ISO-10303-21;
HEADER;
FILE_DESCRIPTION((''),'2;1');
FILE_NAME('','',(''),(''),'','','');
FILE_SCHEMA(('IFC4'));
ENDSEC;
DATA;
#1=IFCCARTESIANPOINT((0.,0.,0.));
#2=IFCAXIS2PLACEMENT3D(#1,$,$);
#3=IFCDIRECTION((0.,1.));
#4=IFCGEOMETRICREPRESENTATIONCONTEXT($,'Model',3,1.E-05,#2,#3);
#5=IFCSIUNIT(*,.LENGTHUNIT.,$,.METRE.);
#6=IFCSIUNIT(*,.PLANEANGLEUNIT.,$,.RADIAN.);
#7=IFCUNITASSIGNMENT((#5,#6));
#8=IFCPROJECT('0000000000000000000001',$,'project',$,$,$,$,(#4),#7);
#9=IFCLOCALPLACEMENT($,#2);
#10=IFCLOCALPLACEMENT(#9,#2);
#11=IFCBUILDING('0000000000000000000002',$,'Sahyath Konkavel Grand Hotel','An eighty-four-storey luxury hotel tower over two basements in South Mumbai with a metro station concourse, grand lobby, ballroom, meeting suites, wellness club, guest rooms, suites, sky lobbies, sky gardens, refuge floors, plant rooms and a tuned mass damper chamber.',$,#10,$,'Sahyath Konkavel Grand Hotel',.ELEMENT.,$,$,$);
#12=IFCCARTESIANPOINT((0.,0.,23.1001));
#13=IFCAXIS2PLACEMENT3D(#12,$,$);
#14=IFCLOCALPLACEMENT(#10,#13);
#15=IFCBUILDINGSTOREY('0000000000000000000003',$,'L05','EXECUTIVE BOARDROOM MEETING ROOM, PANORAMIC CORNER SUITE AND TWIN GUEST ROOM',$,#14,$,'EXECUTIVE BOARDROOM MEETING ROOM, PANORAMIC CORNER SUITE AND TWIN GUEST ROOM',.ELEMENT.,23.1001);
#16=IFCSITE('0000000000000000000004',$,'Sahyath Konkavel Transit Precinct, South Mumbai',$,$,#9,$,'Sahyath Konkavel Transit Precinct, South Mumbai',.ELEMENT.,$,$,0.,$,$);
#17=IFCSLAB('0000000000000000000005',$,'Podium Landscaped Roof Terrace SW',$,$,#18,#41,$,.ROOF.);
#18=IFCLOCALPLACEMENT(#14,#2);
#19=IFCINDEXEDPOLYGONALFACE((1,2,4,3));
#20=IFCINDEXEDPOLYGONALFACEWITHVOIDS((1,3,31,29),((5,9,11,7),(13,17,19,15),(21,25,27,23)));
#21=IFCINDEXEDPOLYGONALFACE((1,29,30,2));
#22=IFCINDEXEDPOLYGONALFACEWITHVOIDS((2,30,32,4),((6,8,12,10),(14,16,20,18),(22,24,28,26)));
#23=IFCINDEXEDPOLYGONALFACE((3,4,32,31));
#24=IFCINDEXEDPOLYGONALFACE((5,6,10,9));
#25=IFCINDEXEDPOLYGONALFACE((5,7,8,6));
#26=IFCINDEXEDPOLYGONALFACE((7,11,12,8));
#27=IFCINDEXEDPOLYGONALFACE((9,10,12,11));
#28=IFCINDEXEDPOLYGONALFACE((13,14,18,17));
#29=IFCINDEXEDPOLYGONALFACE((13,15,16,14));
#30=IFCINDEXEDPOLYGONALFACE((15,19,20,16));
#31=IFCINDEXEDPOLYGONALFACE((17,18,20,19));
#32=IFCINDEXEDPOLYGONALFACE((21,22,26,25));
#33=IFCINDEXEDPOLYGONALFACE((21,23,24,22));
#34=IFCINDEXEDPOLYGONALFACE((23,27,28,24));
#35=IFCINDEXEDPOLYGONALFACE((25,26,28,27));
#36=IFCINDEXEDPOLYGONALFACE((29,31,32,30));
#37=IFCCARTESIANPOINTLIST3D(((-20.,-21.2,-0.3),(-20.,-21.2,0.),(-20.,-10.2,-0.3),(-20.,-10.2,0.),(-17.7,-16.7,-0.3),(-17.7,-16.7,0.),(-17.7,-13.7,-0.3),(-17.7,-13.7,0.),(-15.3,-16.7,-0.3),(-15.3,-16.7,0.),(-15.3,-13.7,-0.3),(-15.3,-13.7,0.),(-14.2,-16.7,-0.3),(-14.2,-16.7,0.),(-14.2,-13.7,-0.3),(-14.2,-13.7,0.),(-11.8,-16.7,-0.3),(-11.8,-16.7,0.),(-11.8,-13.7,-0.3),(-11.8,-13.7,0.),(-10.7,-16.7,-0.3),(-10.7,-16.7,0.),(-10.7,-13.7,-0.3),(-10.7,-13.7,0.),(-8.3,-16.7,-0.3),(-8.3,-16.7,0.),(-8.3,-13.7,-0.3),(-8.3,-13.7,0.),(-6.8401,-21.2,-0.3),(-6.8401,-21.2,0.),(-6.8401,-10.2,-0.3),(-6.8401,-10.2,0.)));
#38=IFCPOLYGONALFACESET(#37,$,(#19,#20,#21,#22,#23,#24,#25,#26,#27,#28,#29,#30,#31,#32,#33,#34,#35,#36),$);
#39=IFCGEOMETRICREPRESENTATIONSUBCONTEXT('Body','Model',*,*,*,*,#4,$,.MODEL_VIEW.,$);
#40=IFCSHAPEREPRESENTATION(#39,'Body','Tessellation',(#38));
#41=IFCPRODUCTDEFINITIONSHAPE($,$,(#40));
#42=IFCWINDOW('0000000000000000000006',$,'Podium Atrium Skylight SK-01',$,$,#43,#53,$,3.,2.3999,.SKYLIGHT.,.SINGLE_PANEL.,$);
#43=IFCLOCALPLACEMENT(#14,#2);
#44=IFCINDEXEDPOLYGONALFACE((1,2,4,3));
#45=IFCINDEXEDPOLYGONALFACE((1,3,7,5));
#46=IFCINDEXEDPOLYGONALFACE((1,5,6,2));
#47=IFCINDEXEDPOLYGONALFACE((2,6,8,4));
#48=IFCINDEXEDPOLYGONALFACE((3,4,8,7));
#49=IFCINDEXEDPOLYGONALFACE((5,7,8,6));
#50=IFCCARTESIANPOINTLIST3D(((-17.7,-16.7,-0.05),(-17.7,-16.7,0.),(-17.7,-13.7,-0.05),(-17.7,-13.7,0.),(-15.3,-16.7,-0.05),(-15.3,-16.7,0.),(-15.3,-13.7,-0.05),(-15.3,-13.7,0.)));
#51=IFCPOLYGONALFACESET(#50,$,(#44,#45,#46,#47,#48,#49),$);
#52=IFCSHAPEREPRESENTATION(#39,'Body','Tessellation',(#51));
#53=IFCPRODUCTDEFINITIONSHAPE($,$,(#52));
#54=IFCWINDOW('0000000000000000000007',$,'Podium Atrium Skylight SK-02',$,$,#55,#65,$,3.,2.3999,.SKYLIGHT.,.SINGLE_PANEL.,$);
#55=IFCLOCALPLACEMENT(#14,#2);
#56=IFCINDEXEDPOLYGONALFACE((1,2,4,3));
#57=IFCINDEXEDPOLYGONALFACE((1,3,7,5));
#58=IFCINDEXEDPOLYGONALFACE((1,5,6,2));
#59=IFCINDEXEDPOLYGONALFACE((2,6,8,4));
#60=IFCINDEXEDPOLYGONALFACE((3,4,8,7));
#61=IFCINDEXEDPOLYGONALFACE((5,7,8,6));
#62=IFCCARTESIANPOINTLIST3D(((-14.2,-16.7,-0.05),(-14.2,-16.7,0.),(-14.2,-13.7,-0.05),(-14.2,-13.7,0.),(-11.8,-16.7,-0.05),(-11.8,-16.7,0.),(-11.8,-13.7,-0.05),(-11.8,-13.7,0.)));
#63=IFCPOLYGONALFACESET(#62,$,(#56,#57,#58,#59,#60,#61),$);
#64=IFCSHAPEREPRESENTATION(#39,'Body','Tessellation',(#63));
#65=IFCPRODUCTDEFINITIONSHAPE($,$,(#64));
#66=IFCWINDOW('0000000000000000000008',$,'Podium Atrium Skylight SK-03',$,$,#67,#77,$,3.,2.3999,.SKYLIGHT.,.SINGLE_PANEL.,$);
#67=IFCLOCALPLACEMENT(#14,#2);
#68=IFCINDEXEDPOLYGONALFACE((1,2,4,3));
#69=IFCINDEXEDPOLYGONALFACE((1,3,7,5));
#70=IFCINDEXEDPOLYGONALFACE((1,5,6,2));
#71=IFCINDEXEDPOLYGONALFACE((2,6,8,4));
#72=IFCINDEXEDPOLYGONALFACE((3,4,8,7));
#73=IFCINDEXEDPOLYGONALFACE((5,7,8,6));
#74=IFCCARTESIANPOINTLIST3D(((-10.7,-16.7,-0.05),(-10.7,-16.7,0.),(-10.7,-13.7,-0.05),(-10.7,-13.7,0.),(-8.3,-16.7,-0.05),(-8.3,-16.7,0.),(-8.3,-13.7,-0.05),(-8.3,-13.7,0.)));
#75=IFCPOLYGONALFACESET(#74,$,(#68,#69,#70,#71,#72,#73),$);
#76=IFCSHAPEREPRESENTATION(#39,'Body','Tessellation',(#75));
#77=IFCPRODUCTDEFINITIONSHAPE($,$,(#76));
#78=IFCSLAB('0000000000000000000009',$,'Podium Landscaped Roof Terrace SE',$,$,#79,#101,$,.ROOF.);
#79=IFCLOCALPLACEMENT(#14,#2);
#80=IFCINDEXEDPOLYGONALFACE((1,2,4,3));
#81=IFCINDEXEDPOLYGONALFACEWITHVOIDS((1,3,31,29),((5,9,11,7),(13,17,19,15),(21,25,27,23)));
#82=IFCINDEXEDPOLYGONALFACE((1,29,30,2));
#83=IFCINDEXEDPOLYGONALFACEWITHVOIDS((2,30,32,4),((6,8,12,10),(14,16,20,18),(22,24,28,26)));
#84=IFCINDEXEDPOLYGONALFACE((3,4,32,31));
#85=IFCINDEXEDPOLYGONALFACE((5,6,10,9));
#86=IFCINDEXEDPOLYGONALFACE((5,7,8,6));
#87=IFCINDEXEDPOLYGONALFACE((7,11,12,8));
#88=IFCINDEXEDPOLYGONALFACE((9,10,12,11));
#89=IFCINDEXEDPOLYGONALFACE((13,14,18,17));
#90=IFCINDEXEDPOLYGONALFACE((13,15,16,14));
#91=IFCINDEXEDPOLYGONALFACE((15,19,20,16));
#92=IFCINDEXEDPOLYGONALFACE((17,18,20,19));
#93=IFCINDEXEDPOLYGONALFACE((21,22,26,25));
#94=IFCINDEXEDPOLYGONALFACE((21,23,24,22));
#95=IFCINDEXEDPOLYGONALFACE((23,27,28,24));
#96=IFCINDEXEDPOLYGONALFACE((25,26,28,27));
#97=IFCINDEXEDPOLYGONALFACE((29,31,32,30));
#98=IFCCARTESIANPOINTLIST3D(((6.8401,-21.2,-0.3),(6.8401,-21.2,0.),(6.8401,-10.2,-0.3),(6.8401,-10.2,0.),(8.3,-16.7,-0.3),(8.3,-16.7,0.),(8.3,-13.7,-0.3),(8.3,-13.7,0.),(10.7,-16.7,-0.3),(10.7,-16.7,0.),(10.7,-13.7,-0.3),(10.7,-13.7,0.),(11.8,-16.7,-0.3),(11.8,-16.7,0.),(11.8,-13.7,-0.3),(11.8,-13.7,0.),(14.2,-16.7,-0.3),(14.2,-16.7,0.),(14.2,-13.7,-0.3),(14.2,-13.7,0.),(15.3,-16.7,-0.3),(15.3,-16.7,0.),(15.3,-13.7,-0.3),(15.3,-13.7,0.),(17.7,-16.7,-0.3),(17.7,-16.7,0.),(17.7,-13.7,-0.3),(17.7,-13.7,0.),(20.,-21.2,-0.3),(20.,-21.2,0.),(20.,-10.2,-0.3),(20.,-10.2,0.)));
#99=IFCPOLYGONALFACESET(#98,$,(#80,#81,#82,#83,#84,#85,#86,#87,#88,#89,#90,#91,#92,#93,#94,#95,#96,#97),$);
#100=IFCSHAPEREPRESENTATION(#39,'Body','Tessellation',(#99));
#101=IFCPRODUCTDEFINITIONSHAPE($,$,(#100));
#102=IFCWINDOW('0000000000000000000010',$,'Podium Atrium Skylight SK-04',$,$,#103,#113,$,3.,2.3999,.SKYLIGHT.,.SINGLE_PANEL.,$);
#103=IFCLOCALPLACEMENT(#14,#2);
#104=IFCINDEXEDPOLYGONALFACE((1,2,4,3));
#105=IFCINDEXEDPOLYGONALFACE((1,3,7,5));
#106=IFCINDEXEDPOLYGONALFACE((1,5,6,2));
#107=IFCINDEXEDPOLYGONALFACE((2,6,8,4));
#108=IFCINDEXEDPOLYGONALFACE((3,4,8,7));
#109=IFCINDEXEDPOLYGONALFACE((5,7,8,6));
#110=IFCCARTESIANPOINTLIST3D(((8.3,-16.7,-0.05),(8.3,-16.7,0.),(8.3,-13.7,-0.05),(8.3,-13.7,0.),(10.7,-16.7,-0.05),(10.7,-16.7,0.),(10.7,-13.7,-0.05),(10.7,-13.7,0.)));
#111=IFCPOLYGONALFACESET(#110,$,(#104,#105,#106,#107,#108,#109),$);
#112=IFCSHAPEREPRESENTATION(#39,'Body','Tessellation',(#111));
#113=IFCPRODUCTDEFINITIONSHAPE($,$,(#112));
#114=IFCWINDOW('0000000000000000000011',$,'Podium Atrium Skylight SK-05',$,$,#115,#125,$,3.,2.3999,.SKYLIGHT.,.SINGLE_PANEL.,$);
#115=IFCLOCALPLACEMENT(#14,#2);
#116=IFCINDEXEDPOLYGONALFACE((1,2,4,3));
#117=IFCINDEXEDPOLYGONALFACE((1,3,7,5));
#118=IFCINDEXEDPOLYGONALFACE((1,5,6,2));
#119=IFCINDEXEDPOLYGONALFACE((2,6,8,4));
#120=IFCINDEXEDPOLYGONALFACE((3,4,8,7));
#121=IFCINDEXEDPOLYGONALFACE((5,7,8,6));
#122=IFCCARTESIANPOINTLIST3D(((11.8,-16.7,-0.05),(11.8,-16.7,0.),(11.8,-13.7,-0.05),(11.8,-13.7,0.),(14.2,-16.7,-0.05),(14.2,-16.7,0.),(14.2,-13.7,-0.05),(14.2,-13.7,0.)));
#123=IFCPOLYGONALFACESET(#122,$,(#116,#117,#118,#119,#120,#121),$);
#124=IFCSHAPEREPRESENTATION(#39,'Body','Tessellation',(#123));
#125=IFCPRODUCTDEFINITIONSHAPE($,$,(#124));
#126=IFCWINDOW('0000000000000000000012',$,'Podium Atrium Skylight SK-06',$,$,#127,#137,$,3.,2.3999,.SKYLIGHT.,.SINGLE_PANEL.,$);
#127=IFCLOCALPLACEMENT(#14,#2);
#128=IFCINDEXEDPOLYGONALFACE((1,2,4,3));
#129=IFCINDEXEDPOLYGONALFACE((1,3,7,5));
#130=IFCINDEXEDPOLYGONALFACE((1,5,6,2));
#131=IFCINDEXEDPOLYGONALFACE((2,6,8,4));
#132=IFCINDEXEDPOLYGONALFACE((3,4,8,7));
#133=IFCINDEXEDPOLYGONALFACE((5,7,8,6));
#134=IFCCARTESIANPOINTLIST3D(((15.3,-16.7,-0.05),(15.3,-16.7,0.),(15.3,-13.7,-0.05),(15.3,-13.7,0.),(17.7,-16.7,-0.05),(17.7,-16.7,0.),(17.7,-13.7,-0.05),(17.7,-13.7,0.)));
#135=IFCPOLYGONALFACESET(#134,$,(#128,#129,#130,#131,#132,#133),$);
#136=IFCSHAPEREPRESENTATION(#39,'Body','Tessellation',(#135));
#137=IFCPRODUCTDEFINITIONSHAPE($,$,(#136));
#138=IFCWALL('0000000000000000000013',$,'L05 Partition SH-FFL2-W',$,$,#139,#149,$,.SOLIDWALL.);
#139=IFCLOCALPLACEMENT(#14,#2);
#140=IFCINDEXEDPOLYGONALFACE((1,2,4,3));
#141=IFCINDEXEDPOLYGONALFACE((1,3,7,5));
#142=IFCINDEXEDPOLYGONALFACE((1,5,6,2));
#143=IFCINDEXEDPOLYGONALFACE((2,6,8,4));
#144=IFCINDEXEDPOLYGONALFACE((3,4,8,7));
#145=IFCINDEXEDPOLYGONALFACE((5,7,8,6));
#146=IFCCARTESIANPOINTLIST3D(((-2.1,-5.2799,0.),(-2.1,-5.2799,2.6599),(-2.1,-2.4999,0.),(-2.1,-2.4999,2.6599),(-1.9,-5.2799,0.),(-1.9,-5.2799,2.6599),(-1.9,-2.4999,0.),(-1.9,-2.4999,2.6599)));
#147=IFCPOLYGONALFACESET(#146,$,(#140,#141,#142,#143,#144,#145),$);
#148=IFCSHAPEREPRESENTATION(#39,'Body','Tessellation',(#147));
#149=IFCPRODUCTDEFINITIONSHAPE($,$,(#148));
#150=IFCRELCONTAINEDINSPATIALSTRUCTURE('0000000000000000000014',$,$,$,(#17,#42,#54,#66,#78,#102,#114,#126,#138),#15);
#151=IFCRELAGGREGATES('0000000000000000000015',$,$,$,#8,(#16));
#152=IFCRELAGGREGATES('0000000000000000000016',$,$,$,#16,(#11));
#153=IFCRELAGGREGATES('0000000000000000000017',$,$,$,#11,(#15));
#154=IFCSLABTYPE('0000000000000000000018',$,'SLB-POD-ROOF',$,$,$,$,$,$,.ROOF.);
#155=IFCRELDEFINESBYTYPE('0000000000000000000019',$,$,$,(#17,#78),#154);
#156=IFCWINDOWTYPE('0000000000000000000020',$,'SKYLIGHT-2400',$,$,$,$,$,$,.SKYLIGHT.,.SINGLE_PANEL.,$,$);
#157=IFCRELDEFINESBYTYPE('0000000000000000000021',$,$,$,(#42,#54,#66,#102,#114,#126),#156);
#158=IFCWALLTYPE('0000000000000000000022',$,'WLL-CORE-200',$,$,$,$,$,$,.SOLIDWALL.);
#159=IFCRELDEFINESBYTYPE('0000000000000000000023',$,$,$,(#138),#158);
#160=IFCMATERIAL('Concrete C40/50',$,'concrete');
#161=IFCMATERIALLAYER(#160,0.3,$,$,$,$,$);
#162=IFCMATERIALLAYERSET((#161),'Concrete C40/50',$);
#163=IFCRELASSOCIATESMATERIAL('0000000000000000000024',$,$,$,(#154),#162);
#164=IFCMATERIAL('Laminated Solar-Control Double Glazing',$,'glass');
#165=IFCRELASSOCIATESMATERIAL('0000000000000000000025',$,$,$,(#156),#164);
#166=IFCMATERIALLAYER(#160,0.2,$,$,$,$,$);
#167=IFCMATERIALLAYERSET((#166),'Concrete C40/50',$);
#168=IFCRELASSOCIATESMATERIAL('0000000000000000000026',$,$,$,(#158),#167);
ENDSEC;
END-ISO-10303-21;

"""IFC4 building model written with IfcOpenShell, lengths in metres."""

from ifc_helpers import new_model, si_unit, direction, frame, frame_2d, origin, origin_2d, place, context, subcontext, project, spatial, polyline, rectangle, outline, extrude, source, transform, mapped, material, layer, layer_set, type_object, element, fill, save


model = new_model("IFC4")

# Units and contexts
model_context = context("Model", 3, precision=1e-05, world=origin(), true_north=direction((0.0, 1.0)))
body_context = subcontext(model_context, "Body", "Model", "MODEL_VIEW")
ifc_project = project(units=[si_unit("LENGTHUNIT", "METRE"), si_unit("PLANEANGLEUNIT", "RADIAN")], contexts=[model_context])

# Site, building, storey
site_placement = place(None, origin())
site = spatial("IfcSite", under=ifc_project, at=site_placement, Name="Sahyath Konkavel Transit Precinct, South Mumbai", LongName="Sahyath Konkavel Transit Precinct, South Mumbai", CompositionType="ELEMENT", RefElevation=0.0)
building_placement = place(site_placement, origin())
building = spatial("IfcBuilding", under=site, at=building_placement, Name="Sahyath Konkavel Grand Hotel", Description="An eighty-four-storey luxury hotel tower over two basements in South Mumbai with a metro station concourse, grand lobby, ballroom, meeting suites, wellness club, guest rooms, suites, sky lobbies, sky gardens, refuge floors, plant rooms and a tuned mass damper chamber.", LongName="Sahyath Konkavel Grand Hotel", CompositionType="ELEMENT")
storey_placement = place(building_placement, frame((0.0, 0.0, 23.1001)))
storey = spatial("IfcBuildingStorey", under=building, at=storey_placement, Name="L05", Description="EXECUTIVE BOARDROOM MEETING ROOM, PANORAMIC CORNER SUITE AND TWIN GUEST ROOM", LongName="EXECUTIVE BOARDROOM MEETING ROOM, PANORAMIC CORNER SUITE AND TWIN GUEST ROOM", CompositionType="ELEMENT", Elevation=23.1001)

# Shared definitions
ifc_material_1 = material(Name="Concrete C40/50", Category="concrete")
ifc_layer_1 = layer(ifc_material_1, 0.3)
ifc_layer_set_1 = layer_set([ifc_layer_1], Name="Concrete C40/50")
slab_type_1 = type_object("IfcSlabType", Name="SLB-POD-ROOF", PredefinedType="ROOF", material=ifc_layer_set_1)

# Slabs, openings, windows
slab_1_placement = place(storey_placement, frame((0.0, 0.0, -0.3)))
slab_1 = element("IfcSlab", 1, at=slab_1_placement, inside=storey, type_object=slab_type_1, Name="Podium Landscaped Roof Terrace SW", PredefinedType="ROOF", context=body_context, shape_type="SweptSolid", body=[
    extrude(outline(polyline([(-20.0, -21.2), (-6.8401, -21.2), (-6.8401, -10.2), (-20.0, -10.2), (-20.0, -21.2)])), origin(), (0.0, 0.0, 1.0), 0.3),
])
opening_1_placement = place(slab_1_placement, frame((-16.5, -15.2, -0.01)))
opening_1 = element("IfcOpeningElement", 2, at=opening_1_placement, cuts=slab_1, PredefinedType="OPENING", context=body_context, shape_type="SweptSolid", body=[
    extrude(rectangle(XDim=2.3999, YDim=3.0, at=origin_2d()), origin(), (0.0, 0.0, 1.0), 0.3201),
])
opening_2_placement = place(slab_1_placement, frame((-13.0, -15.2, -0.01)))
opening_2 = element("IfcOpeningElement", 3, at=opening_2_placement, cuts=slab_1, PredefinedType="OPENING", context=body_context, shape_type="SweptSolid", body=[
    extrude(rectangle(XDim=2.3999, YDim=3.0, at=origin_2d()), origin(), (0.0, 0.0, 1.0), 0.3201),
])
opening_3_placement = place(slab_1_placement, frame((-9.5, -15.2, -0.01)))
opening_3 = element("IfcOpeningElement", 4, at=opening_3_placement, cuts=slab_1, PredefinedType="OPENING", context=body_context, shape_type="SweptSolid", body=[
    extrude(rectangle(XDim=2.3999, YDim=3.0, at=origin_2d()), origin(), (0.0, 0.0, 1.0), 0.3201),
])
ifc_material_2 = material(Name="Laminated Solar-Control Double Glazing", Category="glass")
window_type = type_object("IfcWindowType", Name="SKYLIGHT-2400", PartitioningType="SINGLE_PANEL", PredefinedType="SKYLIGHT", material=ifc_material_2)
shared_shape_1 = source(origin(), body_context, "Body", "SweptSolid", [
    extrude(rectangle(XDim=2.3999, YDim=3.0, at=origin_2d()), origin(), (0.0, 0.0, 1.0), 0.05),
])
window_1_placement = place(slab_1_placement, frame((-16.5, -15.2, 0.25)))
window_1 = element("IfcWindow", 5, at=window_1_placement, inside=storey, type_object=window_type, Name="Podium Atrium Skylight SK-01", OverallHeight=3.0, OverallWidth=2.3999, PartitioningType="SINGLE_PANEL", PredefinedType="SKYLIGHT", context=body_context, shape_type="MappedRepresentation", body=[
    mapped(shared_shape_1, transform((0.0, 0.0, 0.0), scale=1.0)),
])
fill(opening_1, window_1)
window_2_placement = place(slab_1_placement, frame((-13.0, -15.2, 0.25)))
window_2 = element("IfcWindow", 6, at=window_2_placement, inside=storey, type_object=window_type, Name="Podium Atrium Skylight SK-02", OverallHeight=3.0, OverallWidth=2.3999, PartitioningType="SINGLE_PANEL", PredefinedType="SKYLIGHT", context=body_context, shape_type="MappedRepresentation", body=[
    mapped(shared_shape_1, transform((0.0, 0.0, 0.0), scale=1.0)),
])
fill(opening_2, window_2)
window_3_placement = place(slab_1_placement, frame((-9.5, -15.2, 0.25)))
window_3 = element("IfcWindow", 7, at=window_3_placement, inside=storey, type_object=window_type, Name="Podium Atrium Skylight SK-03", OverallHeight=3.0, OverallWidth=2.3999, PartitioningType="SINGLE_PANEL", PredefinedType="SKYLIGHT", context=body_context, shape_type="MappedRepresentation", body=[
    mapped(shared_shape_1, transform((0.0, 0.0, 0.0), scale=1.0)),
])
fill(opening_3, window_3)
slab_2_placement = place(storey_placement, frame((0.0, 0.0, -0.3)))
slab_2 = element("IfcSlab", 8, at=slab_2_placement, inside=storey, type_object=slab_type_1, Name="Podium Landscaped Roof Terrace SE", PredefinedType="ROOF", context=body_context, shape_type="SweptSolid", body=[
    extrude(outline(polyline([(6.8401, -21.2), (20.0, -21.2), (20.0, -10.2), (6.8401, -10.2), (6.8401, -21.2)])), origin(), (0.0, 0.0, 1.0), 0.3),
])
opening_4_placement = place(slab_2_placement, frame((9.5, -15.2, -0.01)))
opening_4 = element("IfcOpeningElement", 9, at=opening_4_placement, cuts=slab_2, PredefinedType="OPENING", context=body_context, shape_type="SweptSolid", body=[
    extrude(rectangle(XDim=2.3999, YDim=3.0, at=origin_2d()), origin(), (0.0, 0.0, 1.0), 0.3201),
])
opening_5_placement = place(slab_2_placement, frame((13.0, -15.2, -0.01)))
opening_5 = element("IfcOpeningElement", 10, at=opening_5_placement, cuts=slab_2, PredefinedType="OPENING", context=body_context, shape_type="SweptSolid", body=[
    extrude(rectangle(XDim=2.3999, YDim=3.0, at=origin_2d()), origin(), (0.0, 0.0, 1.0), 0.3201),
])
opening_6_placement = place(slab_2_placement, frame((16.5, -15.2, -0.01)))
opening_6 = element("IfcOpeningElement", 11, at=opening_6_placement, cuts=slab_2, PredefinedType="OPENING", context=body_context, shape_type="SweptSolid", body=[
    extrude(rectangle(XDim=2.3999, YDim=3.0, at=origin_2d()), origin(), (0.0, 0.0, 1.0), 0.3201),
])
window_4_placement = place(slab_2_placement, frame((9.5, -15.2, 0.25)))
window_4 = element("IfcWindow", 12, at=window_4_placement, inside=storey, type_object=window_type, Name="Podium Atrium Skylight SK-04", OverallHeight=3.0, OverallWidth=2.3999, PartitioningType="SINGLE_PANEL", PredefinedType="SKYLIGHT", context=body_context, shape_type="MappedRepresentation", body=[
    mapped(shared_shape_1, transform((0.0, 0.0, 0.0), scale=1.0)),
])
fill(opening_4, window_4)
window_5_placement = place(slab_2_placement, frame((13.0, -15.2, 0.25)))
window_5 = element("IfcWindow", 13, at=window_5_placement, inside=storey, type_object=window_type, Name="Podium Atrium Skylight SK-05", OverallHeight=3.0, OverallWidth=2.3999, PartitioningType="SINGLE_PANEL", PredefinedType="SKYLIGHT", context=body_context, shape_type="MappedRepresentation", body=[
    mapped(shared_shape_1, transform((0.0, 0.0, 0.0), scale=1.0)),
])
fill(opening_5, window_5)
window_6_placement = place(slab_2_placement, frame((16.5, -15.2, 0.25)))
window_6 = element("IfcWindow", 14, at=window_6_placement, inside=storey, type_object=window_type, Name="Podium Atrium Skylight SK-06", OverallHeight=3.0, OverallWidth=2.3999, PartitioningType="SINGLE_PANEL", PredefinedType="SKYLIGHT", context=body_context, shape_type="MappedRepresentation", body=[
    mapped(shared_shape_1, transform((0.0, 0.0, 0.0), scale=1.0)),
])
fill(opening_6, window_6)

# Wall
ifc_layer_2 = layer(ifc_material_1, 0.2)
ifc_layer_set_2 = layer_set([ifc_layer_2], Name="Concrete C40/50")
wall_type_1 = type_object("IfcWallType", Name="WLL-CORE-200", PredefinedType="SOLIDWALL", material=ifc_layer_set_2)
wall_1_placement = place(storey_placement, frame((-2.0, -5.28, 0.0), z_axis=(0.0, 0.0, 1.0), x_axis=(0.0, 1.0, 0.0)))
element("IfcWall", 15, at=wall_1_placement, inside=storey, type_object=wall_type_1, Name="L05 Partition SH-FFL2-W", PredefinedType="SOLIDWALL", context=body_context, shape_type="SweptSolid", body=[
    extrude(rectangle(XDim=2.78, YDim=0.2, at=frame_2d((1.3901, 0.0))), origin(), (0.0, 0.0, 1.0), 2.6599),
])

save(model, "model.ifc")
